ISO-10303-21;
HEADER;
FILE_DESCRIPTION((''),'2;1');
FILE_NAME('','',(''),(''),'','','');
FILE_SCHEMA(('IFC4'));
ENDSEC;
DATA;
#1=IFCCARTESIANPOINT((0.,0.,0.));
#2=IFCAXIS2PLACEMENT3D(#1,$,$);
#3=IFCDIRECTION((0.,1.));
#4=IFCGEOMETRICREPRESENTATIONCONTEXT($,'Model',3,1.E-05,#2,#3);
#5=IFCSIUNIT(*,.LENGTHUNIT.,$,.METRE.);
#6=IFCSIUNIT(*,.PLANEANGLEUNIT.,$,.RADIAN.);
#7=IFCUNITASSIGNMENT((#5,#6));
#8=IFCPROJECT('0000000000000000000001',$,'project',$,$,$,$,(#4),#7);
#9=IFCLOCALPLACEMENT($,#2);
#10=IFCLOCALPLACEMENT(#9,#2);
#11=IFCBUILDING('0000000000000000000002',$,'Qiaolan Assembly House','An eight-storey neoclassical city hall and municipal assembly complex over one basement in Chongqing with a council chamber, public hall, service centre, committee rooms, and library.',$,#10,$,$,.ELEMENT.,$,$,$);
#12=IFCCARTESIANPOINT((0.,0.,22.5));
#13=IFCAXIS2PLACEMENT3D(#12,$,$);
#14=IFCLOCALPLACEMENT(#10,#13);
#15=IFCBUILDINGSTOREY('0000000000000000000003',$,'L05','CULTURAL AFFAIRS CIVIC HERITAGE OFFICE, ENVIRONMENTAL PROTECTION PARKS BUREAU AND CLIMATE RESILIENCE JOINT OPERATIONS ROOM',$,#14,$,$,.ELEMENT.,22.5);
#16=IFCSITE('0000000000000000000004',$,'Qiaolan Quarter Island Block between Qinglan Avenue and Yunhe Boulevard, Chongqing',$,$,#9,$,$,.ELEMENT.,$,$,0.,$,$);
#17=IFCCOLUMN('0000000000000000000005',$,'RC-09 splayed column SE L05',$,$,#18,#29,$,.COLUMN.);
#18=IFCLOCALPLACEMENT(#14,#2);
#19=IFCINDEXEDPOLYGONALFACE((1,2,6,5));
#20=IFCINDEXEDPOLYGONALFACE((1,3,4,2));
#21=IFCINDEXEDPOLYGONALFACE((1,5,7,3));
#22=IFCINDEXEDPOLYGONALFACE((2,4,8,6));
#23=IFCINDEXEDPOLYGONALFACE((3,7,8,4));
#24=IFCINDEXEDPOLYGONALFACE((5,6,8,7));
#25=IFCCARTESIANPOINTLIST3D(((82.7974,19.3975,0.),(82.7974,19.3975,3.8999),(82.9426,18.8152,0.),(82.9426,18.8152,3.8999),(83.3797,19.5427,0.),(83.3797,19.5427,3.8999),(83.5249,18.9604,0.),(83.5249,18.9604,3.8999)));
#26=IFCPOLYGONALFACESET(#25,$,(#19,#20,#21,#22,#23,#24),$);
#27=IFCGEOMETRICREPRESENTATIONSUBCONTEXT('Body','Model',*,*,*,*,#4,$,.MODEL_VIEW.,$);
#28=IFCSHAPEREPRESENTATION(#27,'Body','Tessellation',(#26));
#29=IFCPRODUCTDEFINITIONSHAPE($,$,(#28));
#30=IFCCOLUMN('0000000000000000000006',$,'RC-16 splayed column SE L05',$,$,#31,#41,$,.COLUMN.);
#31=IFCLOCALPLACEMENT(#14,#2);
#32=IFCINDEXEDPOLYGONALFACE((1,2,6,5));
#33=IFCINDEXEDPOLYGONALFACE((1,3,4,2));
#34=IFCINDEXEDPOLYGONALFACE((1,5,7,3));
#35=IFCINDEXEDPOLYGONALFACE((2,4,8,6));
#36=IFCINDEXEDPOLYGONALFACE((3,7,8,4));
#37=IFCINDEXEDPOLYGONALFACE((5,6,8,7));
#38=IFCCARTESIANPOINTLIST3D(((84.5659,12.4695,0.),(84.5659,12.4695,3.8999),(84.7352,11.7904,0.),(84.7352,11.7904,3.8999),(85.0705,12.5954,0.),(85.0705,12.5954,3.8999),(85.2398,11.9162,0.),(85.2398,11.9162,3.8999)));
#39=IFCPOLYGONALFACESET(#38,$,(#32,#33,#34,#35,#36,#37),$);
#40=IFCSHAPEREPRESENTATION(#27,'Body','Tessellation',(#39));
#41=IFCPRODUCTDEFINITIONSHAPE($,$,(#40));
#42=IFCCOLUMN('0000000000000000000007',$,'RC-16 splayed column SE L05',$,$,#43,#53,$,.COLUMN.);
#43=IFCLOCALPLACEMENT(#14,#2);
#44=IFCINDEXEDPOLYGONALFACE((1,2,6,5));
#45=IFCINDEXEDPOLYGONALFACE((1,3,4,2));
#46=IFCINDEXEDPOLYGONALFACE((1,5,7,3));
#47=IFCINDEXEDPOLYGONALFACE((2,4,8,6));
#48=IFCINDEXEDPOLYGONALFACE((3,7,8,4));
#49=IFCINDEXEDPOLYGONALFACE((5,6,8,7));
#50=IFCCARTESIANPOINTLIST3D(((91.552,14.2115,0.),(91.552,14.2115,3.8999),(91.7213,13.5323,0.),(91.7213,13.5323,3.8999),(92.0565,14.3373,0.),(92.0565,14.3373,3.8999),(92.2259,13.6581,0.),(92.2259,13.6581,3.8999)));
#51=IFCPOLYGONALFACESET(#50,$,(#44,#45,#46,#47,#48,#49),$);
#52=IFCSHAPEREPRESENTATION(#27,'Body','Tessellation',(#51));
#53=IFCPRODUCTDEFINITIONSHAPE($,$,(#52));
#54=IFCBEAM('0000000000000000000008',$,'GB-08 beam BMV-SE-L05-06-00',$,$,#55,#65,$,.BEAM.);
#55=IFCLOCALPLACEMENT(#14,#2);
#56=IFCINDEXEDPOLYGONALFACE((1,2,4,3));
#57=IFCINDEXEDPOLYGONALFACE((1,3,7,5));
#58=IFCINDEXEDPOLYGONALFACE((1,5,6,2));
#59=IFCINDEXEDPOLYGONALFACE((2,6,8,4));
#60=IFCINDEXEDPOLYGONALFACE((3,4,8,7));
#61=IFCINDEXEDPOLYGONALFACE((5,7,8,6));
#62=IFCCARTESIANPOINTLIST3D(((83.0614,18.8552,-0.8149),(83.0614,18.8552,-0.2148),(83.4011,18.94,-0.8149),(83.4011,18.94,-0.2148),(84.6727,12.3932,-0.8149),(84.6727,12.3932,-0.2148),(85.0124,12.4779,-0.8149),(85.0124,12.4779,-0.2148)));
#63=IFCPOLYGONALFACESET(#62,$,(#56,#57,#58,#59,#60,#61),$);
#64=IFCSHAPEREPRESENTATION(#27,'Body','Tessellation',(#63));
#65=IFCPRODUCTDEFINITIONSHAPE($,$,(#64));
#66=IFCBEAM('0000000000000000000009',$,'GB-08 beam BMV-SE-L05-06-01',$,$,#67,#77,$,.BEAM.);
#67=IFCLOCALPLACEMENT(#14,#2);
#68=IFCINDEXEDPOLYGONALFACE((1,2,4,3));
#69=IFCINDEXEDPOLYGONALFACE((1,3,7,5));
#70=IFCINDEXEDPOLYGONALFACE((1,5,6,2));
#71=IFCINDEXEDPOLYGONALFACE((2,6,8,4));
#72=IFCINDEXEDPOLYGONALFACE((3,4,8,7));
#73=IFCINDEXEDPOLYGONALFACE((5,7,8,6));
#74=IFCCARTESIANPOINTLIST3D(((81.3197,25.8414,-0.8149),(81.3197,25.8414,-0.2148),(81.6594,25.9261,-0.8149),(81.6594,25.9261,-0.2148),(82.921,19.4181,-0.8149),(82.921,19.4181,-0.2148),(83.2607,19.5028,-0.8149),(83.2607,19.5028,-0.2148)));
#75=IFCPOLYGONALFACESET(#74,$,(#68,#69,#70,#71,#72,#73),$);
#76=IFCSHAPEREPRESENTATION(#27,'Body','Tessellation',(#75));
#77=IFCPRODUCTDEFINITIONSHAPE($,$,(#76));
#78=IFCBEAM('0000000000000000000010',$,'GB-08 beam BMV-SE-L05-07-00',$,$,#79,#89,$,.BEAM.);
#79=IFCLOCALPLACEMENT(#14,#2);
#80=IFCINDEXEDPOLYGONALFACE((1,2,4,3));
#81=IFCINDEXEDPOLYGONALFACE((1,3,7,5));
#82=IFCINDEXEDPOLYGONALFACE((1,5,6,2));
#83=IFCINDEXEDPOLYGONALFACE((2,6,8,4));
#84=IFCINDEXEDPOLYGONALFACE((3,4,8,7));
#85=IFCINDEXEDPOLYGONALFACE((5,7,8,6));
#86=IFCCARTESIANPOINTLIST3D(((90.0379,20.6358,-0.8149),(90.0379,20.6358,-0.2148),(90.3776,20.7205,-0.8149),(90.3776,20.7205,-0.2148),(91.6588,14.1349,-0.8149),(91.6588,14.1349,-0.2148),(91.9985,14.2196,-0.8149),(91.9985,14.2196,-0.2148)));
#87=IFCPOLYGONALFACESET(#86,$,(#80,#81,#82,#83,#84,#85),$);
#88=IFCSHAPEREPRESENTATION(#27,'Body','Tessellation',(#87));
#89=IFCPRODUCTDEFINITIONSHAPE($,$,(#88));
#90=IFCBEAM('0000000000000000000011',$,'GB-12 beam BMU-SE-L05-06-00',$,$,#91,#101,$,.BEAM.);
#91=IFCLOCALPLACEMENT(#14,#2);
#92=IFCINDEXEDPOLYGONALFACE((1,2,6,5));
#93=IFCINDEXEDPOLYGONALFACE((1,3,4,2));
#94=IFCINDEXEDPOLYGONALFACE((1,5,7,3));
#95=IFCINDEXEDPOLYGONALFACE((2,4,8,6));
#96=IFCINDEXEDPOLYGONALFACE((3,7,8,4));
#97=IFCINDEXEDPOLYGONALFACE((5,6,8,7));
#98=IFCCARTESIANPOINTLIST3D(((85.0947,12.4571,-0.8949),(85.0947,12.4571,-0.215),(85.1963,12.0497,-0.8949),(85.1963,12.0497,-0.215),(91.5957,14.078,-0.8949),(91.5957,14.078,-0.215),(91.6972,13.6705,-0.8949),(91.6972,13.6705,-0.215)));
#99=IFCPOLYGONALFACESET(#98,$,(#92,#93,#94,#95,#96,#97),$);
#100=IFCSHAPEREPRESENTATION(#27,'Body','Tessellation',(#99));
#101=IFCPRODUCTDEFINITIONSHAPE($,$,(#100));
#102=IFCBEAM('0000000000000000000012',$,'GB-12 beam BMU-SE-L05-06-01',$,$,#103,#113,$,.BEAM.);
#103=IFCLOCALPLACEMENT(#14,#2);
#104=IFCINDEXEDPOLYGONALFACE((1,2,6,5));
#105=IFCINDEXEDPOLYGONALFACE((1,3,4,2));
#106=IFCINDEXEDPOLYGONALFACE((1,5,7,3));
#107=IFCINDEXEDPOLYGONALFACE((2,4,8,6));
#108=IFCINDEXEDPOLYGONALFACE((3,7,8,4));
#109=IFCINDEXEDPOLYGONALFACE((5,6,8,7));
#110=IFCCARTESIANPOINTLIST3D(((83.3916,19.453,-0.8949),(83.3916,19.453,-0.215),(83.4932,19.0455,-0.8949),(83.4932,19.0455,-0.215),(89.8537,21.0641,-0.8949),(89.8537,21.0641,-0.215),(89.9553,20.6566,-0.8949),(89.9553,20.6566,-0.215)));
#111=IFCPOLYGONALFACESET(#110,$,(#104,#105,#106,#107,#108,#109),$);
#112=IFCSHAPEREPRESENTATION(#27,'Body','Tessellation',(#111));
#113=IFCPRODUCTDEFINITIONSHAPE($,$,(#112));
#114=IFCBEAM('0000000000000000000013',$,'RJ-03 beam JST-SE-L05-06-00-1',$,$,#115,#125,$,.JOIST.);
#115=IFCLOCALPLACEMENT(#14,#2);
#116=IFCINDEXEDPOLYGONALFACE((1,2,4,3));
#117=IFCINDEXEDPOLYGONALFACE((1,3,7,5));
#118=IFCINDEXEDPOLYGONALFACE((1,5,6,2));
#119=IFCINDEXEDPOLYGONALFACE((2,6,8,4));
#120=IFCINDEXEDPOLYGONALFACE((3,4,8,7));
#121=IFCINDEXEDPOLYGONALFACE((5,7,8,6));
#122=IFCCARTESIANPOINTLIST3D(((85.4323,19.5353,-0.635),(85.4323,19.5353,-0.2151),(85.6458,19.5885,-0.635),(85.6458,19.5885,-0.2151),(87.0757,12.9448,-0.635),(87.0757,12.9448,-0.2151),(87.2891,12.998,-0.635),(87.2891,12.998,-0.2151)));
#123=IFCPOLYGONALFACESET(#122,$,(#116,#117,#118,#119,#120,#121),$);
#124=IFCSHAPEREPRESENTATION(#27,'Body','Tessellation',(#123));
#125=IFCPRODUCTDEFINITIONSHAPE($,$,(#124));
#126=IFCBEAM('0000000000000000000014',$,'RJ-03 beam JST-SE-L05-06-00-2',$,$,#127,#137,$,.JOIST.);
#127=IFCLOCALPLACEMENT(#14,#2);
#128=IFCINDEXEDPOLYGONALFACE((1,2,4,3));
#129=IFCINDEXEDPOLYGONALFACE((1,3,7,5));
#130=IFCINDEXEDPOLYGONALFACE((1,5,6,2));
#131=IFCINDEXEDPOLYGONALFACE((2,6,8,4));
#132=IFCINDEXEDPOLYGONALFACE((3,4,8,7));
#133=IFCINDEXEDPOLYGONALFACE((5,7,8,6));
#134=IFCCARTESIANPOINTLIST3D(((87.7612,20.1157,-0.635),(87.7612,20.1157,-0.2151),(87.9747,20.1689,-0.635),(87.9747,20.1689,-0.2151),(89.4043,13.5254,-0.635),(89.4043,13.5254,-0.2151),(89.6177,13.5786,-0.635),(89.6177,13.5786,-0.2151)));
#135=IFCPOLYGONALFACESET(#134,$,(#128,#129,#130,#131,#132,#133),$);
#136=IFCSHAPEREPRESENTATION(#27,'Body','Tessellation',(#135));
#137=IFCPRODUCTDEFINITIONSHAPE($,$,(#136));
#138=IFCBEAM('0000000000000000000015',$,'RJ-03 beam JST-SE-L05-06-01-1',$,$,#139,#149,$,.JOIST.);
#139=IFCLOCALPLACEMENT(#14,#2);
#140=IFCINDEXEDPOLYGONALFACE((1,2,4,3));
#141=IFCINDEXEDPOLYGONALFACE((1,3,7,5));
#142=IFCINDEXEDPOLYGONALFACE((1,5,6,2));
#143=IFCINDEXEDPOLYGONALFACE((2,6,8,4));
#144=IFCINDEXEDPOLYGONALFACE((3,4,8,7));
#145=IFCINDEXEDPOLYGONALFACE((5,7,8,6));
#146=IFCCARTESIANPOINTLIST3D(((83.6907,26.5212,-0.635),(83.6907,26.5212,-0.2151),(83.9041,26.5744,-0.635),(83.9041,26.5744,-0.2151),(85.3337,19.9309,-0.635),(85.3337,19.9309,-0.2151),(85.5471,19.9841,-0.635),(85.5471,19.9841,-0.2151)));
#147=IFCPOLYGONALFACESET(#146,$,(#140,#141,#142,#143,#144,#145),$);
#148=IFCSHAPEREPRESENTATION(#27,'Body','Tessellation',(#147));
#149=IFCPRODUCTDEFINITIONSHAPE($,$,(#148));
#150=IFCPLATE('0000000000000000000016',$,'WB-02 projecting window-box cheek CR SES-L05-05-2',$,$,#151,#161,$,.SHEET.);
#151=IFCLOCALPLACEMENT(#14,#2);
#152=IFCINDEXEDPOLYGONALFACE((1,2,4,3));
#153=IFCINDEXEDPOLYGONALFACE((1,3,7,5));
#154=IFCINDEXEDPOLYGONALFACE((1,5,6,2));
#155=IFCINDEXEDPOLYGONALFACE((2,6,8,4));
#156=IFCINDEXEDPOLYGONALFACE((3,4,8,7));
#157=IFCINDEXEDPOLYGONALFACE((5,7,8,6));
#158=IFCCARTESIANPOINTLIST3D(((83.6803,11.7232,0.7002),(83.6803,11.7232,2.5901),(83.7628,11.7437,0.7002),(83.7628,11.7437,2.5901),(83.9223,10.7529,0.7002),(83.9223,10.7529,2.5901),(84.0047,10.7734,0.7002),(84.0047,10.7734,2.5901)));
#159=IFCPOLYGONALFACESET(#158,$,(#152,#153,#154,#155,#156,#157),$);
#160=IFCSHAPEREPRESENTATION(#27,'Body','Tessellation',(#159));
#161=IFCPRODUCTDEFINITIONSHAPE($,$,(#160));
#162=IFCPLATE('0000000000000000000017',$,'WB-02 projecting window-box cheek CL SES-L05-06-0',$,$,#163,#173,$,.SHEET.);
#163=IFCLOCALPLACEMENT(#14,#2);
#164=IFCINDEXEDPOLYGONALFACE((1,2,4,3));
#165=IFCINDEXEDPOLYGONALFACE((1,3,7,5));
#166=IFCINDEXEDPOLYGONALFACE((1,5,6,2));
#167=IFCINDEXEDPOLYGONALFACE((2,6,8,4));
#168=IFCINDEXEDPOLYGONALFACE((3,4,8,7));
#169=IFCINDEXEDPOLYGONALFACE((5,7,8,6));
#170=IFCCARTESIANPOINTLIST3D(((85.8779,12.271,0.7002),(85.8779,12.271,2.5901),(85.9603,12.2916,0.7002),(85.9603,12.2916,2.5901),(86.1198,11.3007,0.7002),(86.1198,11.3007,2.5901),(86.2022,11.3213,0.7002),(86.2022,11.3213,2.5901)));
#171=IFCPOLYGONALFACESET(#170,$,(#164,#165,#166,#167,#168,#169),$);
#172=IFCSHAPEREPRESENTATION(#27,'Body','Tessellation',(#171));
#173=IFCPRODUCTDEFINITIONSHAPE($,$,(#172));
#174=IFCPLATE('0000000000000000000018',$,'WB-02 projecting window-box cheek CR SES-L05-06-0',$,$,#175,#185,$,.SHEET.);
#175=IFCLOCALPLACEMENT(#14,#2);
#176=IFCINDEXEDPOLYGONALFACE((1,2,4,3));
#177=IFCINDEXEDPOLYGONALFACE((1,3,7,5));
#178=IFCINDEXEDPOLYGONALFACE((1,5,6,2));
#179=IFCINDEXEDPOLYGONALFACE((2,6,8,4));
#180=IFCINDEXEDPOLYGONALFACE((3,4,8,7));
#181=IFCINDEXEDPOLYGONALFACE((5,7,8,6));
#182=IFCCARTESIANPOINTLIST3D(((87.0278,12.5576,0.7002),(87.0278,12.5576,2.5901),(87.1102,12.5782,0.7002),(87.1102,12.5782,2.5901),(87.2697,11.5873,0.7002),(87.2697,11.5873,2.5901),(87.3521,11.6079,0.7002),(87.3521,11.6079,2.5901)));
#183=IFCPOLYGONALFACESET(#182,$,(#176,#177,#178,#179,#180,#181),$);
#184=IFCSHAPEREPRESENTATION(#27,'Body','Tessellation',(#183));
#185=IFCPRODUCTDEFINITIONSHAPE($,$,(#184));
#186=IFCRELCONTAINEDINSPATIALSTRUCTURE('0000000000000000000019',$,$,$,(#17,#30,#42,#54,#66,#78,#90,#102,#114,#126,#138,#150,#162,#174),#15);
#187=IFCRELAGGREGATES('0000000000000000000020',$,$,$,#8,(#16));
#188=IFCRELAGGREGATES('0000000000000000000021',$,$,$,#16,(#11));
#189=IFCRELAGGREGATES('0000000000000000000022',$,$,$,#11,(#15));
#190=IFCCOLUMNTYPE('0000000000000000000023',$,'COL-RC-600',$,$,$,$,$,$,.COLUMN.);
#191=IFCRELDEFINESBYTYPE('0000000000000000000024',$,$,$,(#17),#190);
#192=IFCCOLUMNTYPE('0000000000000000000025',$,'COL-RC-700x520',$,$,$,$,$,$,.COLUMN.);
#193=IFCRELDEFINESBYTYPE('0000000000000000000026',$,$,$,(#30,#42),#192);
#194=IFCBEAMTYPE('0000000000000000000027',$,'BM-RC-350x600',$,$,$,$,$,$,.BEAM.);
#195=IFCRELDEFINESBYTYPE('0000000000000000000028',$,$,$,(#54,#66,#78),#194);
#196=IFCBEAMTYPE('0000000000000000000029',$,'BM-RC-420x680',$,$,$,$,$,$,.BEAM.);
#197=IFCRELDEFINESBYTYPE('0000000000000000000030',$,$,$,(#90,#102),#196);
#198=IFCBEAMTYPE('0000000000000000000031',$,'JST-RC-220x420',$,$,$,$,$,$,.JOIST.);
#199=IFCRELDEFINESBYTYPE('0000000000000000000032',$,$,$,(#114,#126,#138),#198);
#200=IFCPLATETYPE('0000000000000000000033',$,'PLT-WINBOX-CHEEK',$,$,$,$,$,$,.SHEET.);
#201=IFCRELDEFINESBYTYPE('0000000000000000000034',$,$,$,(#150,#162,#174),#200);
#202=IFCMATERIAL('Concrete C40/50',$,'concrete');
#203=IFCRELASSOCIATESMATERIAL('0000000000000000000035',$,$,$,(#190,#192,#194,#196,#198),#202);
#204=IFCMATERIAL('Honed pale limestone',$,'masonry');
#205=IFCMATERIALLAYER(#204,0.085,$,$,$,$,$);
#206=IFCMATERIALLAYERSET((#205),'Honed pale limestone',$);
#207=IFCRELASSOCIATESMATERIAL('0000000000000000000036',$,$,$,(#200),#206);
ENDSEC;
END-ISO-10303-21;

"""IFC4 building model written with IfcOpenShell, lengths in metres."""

from ifc_helpers import new_model, si_unit, direction, frame, origin, origin_2d, place, context, subcontext, project, spatial, rectangle, extrude, material, layer, layer_set, material_profile, profile_set, type_object, element, save


model = new_model("IFC4")

# Units and contexts
model_context = context("Model", 3, precision=1e-05, world=origin(), true_north=direction((0.0, 1.0)))
body_context = subcontext(model_context, "Body", "Model", "MODEL_VIEW")
ifc_project = project(units=[si_unit("LENGTHUNIT", "METRE"), si_unit("PLANEANGLEUNIT", "RADIAN")], contexts=[model_context])

# Site, building, storey
site_placement = place(None, origin())
site = spatial("IfcSite", under=ifc_project, at=site_placement, Name="Qiaolan Quarter Island Block between Qinglan Avenue and Yunhe Boulevard, Chongqing", CompositionType="ELEMENT", RefElevation=0.0)
building_placement = place(site_placement, origin())
building = spatial("IfcBuilding", under=site, at=building_placement, Name="Qiaolan Assembly House", Description="An eight-storey neoclassical city hall and municipal assembly complex over one basement in Chongqing with a council chamber, public hall, service centre, committee rooms, and library.", CompositionType="ELEMENT")
storey_placement = place(building_placement, frame((0.0, 0.0, 22.5)))
storey = spatial("IfcBuildingStorey", under=building, at=storey_placement, Name="L05", Description="CULTURAL AFFAIRS CIVIC HERITAGE OFFICE, ENVIRONMENTAL PROTECTION PARKS BUREAU AND CLIMATE RESILIENCE JOINT OPERATIONS ROOM", CompositionType="ELEMENT", Elevation=22.5)

# Columns
ifc_material_1 = material(Name="Concrete C40/50", Category="concrete")
ifc_material_profile_1 = material_profile(ifc_material_1, rectangle(XDim=0.6001, YDim=0.6001, at=origin_2d()), Name="RC 600x600")
ifc_profile_set_1 = profile_set([ifc_material_profile_1], Name="Concrete C40/50")
column_type_1 = type_object("IfcColumnType", Name="COL-RC-600", PredefinedType="COLUMN", material=ifc_profile_set_1)
column_placement = place(storey_placement, frame((83.1611, 19.179, 0.0), z_axis=(0.0, 0.0, 1.0), x_axis=(0.970296, 0.241922, 0.0)))
element("IfcColumn", 1, at=column_placement, inside=storey, type_object=column_type_1, Name="RC-09 splayed column SE L05", PredefinedType="COLUMN", context=body_context, shape_type="SweptSolid", body=[
    extrude(rectangle(XDim=0.6001, YDim=0.6001, at=origin_2d()), origin(), (0.0, 0.0, 1.0), 3.8999),
])
ifc_material_profile_2 = material_profile(ifc_material_1, rectangle(XDim=0.52, YDim=0.7, at=origin_2d()), Name="RC 700x520")
ifc_profile_set_2 = profile_set([ifc_material_profile_2], Name="Concrete C40/50")
column_type_2 = type_object("IfcColumnType", Name="COL-RC-700x520", PredefinedType="COLUMN", material=ifc_profile_set_2)
for number, where, z_axis, x_axis, name in (
    (2, (84.9028, 12.1929, 0.0), (0.0, 0.0, 1.0), (0.970296, 0.241922, 0.0), "RC-16 splayed column SE L05"),
    (3, (91.8889, 13.9348, 0.0), (0.0, 0.0, 1.0), (0.970296, 0.241922, 0.0), "RC-16 splayed column SE L05"),
):
    element("IfcColumn", number, at=place(storey_placement, frame(where, z_axis=z_axis, x_axis=x_axis)), inside=storey, type_object=column_type_2, Name=name, PredefinedType="COLUMN", context=body_context, shape_type="SweptSolid", body=[
        extrude(rectangle(XDim=0.52, YDim=0.7, at=origin_2d()), origin(), (0.0, 0.0, 1.0), 3.8999),
    ])

# Beams
ifc_material_profile_3 = material_profile(ifc_material_1, rectangle(XDim=0.3501, YDim=0.6001, at=origin_2d()), Name="RCB 350x600")
ifc_profile_set_3 = profile_set([ifc_material_profile_3], Name="Concrete C40/50")
beam_type_1 = type_object("IfcBeamType", Name="BM-RC-350x600", PredefinedType="BEAM", material=ifc_profile_set_3)
beam_1_placement = place(storey_placement, frame((84.8425, 12.4355, -0.5149), z_axis=(-0.24194, 0.970291, 0.0), x_axis=(-0.970291, -0.24194, 0.0)))
element("IfcBeam", 4, at=beam_1_placement, inside=storey, type_object=beam_type_1, Name="GB-08 beam BMV-SE-L05-06-00", PredefinedType="BEAM", context=body_context, shape_type="SweptSolid", body=[
    extrude(rectangle(XDim=0.3501, YDim=0.6001, at=origin_2d()), origin(), (0.0, 0.0, 1.0), 6.6599),
])
beam_2_placement = place(storey_placement, frame((83.0908, 19.4604, -0.5149), z_axis=(-0.241893, 0.970303, 0.0), x_axis=(-0.970303, -0.241893, 0.0)))
element("IfcBeam", 5, at=beam_2_placement, inside=storey, type_object=beam_type_1, Name="GB-08 beam BMV-SE-L05-06-01", PredefinedType="BEAM", context=body_context, shape_type="SweptSolid", body=[
    extrude(rectangle(XDim=0.3501, YDim=0.6001, at=origin_2d()), origin(), (0.0, 0.0, 1.0), 6.6199),
])
beam_3_placement = place(storey_placement, frame((91.8286, 14.1772, -0.5149), z_axis=(-0.241918, 0.970297, 0.0), x_axis=(-0.970297, -0.241918, 0.0)))
element("IfcBeam", 6, at=beam_3_placement, inside=storey, type_object=beam_type_1, Name="GB-08 beam BMV-SE-L05-07-00", PredefinedType="BEAM", context=body_context, shape_type="SweptSolid", body=[
    extrude(rectangle(XDim=0.3501, YDim=0.6001, at=origin_2d()), origin(), (0.0, 0.0, 1.0), 6.7),
])
ifc_material_profile_4 = material_profile(ifc_material_1, rectangle(XDim=0.4199, YDim=0.6799, at=origin_2d()), Name="RCB 420x680")
ifc_profile_set_4 = profile_set([ifc_material_profile_4], Name="Concrete C40/50")
beam_type_2 = type_object("IfcBeamType", Name="BM-RC-420x680", PredefinedType="BEAM", material=ifc_profile_set_4)
beam_4_placement = place(storey_placement, frame((85.1455, 12.2534, -0.5549), z_axis=(0.970297, 0.241918, 0.0), x_axis=(-0.241918, 0.970297, 0.0)))
element("IfcBeam", 7, at=beam_4_placement, inside=storey, type_object=beam_type_2, Name="GB-12 beam BMU-SE-L05-06-00", PredefinedType="BEAM", context=body_context, shape_type="SweptSolid", body=[
    extrude(rectangle(XDim=0.4199, YDim=0.6799, at=origin_2d()), origin(), (0.0, 0.0, 1.0), 6.7),
])
beam_5_placement = place(storey_placement, frame((83.4424, 19.2493, -0.5549), z_axis=(0.9703, 0.241906, 0.0), x_axis=(-0.241906, 0.9703, 0.0)))
element("IfcBeam", 8, at=beam_5_placement, inside=storey, type_object=beam_type_2, Name="GB-12 beam BMU-SE-L05-06-01", PredefinedType="BEAM", context=body_context, shape_type="SweptSolid", body=[
    extrude(rectangle(XDim=0.4199, YDim=0.6799, at=origin_2d()), origin(), (0.0, 0.0, 1.0), 6.6599),
])
ifc_material_profile_5 = material_profile(ifc_material_1, rectangle(XDim=0.22, YDim=0.4199, at=origin_2d()), Name="RCB 220x420")
ifc_profile_set_5 = profile_set([ifc_material_profile_5], Name="Concrete C40/50")
beam_type_3 = type_object("IfcBeamType", Name="JST-RC-220x420", PredefinedType="JOIST", material=ifc_profile_set_5)
beam_6_placement = place(storey_placement, frame((87.1824, 12.9714, -0.425), z_axis=(-0.241944, 0.97029, 0.0), x_axis=(-0.97029, -0.241944, 0.0)))
element("IfcBeam", 9, at=beam_6_placement, inside=storey, type_object=beam_type_3, Name="RJ-03 beam JST-SE-L05-06-00-1", PredefinedType="JOIST", context=body_context, shape_type="SweptSolid", body=[
    extrude(rectangle(XDim=0.22, YDim=0.4199, at=origin_2d()), origin(), (0.0, 0.0, 1.0), 6.7922),
])
for number, where, z_axis, x_axis, name in (
    (10, (89.511, 13.552, -0.425), (-0.24191, 0.970299, 0.0), (-0.970299, -0.24191, 0.0), "RJ-03 beam JST-SE-L05-06-00-2"),
    (11, (85.4404, 19.9575, -0.425), (-0.24191, 0.970299, 0.0), (-0.970299, -0.24191, 0.0), "RJ-03 beam JST-SE-L05-06-01-1"),
):
    element("IfcBeam", number, at=place(storey_placement, frame(where, z_axis=z_axis, x_axis=x_axis)), inside=storey, type_object=beam_type_3, Name=name, PredefinedType="JOIST", context=body_context, shape_type="SweptSolid", body=[
        extrude(rectangle(XDim=0.22, YDim=0.4199, at=origin_2d()), origin(), (0.0, 0.0, 1.0), 6.792),
    ])

# Plates
ifc_material_2 = material(Name="Honed pale limestone", Category="masonry")
ifc_layer_1 = layer(ifc_material_2, 0.085)
ifc_layer_set_1 = layer_set([ifc_layer_1], Name="Honed pale limestone")
plate_type = type_object("IfcPlateType", Name="PLT-WINBOX-CHEEK", PredefinedType="SHEET", material=ifc_layer_set_1)
for number, where, z_axis, x_axis, name in (
    (12, (83.8425, 11.2483, 0.7002), (0.0, 0.0, 1.0), (0.970296, 0.241922, 0.0), "WB-02 projecting window-box cheek CR SES-L05-05-2"),
    (13, (86.04, 11.7961, 0.7002), (0.0, 0.0, 1.0), (0.970296, 0.241922, 0.0), "WB-02 projecting window-box cheek CL SES-L05-06-0"),
    (14, (87.1899, 12.0828, 0.7002), (0.0, 0.0, 1.0), (0.970296, 0.241922, 0.0), "WB-02 projecting window-box cheek CR SES-L05-06-0"),
):
    element("IfcPlate", number, at=place(storey_placement, frame(where, z_axis=z_axis, x_axis=x_axis)), inside=storey, type_object=plate_type, Name=name, PredefinedType="SHEET", context=body_context, shape_type="SweptSolid", body=[
        extrude(rectangle(XDim=0.085, YDim=1.0, at=origin_2d()), origin(), (0.0, 0.0, 1.0), 1.8899),
    ])

save(model, "model.ifc")
